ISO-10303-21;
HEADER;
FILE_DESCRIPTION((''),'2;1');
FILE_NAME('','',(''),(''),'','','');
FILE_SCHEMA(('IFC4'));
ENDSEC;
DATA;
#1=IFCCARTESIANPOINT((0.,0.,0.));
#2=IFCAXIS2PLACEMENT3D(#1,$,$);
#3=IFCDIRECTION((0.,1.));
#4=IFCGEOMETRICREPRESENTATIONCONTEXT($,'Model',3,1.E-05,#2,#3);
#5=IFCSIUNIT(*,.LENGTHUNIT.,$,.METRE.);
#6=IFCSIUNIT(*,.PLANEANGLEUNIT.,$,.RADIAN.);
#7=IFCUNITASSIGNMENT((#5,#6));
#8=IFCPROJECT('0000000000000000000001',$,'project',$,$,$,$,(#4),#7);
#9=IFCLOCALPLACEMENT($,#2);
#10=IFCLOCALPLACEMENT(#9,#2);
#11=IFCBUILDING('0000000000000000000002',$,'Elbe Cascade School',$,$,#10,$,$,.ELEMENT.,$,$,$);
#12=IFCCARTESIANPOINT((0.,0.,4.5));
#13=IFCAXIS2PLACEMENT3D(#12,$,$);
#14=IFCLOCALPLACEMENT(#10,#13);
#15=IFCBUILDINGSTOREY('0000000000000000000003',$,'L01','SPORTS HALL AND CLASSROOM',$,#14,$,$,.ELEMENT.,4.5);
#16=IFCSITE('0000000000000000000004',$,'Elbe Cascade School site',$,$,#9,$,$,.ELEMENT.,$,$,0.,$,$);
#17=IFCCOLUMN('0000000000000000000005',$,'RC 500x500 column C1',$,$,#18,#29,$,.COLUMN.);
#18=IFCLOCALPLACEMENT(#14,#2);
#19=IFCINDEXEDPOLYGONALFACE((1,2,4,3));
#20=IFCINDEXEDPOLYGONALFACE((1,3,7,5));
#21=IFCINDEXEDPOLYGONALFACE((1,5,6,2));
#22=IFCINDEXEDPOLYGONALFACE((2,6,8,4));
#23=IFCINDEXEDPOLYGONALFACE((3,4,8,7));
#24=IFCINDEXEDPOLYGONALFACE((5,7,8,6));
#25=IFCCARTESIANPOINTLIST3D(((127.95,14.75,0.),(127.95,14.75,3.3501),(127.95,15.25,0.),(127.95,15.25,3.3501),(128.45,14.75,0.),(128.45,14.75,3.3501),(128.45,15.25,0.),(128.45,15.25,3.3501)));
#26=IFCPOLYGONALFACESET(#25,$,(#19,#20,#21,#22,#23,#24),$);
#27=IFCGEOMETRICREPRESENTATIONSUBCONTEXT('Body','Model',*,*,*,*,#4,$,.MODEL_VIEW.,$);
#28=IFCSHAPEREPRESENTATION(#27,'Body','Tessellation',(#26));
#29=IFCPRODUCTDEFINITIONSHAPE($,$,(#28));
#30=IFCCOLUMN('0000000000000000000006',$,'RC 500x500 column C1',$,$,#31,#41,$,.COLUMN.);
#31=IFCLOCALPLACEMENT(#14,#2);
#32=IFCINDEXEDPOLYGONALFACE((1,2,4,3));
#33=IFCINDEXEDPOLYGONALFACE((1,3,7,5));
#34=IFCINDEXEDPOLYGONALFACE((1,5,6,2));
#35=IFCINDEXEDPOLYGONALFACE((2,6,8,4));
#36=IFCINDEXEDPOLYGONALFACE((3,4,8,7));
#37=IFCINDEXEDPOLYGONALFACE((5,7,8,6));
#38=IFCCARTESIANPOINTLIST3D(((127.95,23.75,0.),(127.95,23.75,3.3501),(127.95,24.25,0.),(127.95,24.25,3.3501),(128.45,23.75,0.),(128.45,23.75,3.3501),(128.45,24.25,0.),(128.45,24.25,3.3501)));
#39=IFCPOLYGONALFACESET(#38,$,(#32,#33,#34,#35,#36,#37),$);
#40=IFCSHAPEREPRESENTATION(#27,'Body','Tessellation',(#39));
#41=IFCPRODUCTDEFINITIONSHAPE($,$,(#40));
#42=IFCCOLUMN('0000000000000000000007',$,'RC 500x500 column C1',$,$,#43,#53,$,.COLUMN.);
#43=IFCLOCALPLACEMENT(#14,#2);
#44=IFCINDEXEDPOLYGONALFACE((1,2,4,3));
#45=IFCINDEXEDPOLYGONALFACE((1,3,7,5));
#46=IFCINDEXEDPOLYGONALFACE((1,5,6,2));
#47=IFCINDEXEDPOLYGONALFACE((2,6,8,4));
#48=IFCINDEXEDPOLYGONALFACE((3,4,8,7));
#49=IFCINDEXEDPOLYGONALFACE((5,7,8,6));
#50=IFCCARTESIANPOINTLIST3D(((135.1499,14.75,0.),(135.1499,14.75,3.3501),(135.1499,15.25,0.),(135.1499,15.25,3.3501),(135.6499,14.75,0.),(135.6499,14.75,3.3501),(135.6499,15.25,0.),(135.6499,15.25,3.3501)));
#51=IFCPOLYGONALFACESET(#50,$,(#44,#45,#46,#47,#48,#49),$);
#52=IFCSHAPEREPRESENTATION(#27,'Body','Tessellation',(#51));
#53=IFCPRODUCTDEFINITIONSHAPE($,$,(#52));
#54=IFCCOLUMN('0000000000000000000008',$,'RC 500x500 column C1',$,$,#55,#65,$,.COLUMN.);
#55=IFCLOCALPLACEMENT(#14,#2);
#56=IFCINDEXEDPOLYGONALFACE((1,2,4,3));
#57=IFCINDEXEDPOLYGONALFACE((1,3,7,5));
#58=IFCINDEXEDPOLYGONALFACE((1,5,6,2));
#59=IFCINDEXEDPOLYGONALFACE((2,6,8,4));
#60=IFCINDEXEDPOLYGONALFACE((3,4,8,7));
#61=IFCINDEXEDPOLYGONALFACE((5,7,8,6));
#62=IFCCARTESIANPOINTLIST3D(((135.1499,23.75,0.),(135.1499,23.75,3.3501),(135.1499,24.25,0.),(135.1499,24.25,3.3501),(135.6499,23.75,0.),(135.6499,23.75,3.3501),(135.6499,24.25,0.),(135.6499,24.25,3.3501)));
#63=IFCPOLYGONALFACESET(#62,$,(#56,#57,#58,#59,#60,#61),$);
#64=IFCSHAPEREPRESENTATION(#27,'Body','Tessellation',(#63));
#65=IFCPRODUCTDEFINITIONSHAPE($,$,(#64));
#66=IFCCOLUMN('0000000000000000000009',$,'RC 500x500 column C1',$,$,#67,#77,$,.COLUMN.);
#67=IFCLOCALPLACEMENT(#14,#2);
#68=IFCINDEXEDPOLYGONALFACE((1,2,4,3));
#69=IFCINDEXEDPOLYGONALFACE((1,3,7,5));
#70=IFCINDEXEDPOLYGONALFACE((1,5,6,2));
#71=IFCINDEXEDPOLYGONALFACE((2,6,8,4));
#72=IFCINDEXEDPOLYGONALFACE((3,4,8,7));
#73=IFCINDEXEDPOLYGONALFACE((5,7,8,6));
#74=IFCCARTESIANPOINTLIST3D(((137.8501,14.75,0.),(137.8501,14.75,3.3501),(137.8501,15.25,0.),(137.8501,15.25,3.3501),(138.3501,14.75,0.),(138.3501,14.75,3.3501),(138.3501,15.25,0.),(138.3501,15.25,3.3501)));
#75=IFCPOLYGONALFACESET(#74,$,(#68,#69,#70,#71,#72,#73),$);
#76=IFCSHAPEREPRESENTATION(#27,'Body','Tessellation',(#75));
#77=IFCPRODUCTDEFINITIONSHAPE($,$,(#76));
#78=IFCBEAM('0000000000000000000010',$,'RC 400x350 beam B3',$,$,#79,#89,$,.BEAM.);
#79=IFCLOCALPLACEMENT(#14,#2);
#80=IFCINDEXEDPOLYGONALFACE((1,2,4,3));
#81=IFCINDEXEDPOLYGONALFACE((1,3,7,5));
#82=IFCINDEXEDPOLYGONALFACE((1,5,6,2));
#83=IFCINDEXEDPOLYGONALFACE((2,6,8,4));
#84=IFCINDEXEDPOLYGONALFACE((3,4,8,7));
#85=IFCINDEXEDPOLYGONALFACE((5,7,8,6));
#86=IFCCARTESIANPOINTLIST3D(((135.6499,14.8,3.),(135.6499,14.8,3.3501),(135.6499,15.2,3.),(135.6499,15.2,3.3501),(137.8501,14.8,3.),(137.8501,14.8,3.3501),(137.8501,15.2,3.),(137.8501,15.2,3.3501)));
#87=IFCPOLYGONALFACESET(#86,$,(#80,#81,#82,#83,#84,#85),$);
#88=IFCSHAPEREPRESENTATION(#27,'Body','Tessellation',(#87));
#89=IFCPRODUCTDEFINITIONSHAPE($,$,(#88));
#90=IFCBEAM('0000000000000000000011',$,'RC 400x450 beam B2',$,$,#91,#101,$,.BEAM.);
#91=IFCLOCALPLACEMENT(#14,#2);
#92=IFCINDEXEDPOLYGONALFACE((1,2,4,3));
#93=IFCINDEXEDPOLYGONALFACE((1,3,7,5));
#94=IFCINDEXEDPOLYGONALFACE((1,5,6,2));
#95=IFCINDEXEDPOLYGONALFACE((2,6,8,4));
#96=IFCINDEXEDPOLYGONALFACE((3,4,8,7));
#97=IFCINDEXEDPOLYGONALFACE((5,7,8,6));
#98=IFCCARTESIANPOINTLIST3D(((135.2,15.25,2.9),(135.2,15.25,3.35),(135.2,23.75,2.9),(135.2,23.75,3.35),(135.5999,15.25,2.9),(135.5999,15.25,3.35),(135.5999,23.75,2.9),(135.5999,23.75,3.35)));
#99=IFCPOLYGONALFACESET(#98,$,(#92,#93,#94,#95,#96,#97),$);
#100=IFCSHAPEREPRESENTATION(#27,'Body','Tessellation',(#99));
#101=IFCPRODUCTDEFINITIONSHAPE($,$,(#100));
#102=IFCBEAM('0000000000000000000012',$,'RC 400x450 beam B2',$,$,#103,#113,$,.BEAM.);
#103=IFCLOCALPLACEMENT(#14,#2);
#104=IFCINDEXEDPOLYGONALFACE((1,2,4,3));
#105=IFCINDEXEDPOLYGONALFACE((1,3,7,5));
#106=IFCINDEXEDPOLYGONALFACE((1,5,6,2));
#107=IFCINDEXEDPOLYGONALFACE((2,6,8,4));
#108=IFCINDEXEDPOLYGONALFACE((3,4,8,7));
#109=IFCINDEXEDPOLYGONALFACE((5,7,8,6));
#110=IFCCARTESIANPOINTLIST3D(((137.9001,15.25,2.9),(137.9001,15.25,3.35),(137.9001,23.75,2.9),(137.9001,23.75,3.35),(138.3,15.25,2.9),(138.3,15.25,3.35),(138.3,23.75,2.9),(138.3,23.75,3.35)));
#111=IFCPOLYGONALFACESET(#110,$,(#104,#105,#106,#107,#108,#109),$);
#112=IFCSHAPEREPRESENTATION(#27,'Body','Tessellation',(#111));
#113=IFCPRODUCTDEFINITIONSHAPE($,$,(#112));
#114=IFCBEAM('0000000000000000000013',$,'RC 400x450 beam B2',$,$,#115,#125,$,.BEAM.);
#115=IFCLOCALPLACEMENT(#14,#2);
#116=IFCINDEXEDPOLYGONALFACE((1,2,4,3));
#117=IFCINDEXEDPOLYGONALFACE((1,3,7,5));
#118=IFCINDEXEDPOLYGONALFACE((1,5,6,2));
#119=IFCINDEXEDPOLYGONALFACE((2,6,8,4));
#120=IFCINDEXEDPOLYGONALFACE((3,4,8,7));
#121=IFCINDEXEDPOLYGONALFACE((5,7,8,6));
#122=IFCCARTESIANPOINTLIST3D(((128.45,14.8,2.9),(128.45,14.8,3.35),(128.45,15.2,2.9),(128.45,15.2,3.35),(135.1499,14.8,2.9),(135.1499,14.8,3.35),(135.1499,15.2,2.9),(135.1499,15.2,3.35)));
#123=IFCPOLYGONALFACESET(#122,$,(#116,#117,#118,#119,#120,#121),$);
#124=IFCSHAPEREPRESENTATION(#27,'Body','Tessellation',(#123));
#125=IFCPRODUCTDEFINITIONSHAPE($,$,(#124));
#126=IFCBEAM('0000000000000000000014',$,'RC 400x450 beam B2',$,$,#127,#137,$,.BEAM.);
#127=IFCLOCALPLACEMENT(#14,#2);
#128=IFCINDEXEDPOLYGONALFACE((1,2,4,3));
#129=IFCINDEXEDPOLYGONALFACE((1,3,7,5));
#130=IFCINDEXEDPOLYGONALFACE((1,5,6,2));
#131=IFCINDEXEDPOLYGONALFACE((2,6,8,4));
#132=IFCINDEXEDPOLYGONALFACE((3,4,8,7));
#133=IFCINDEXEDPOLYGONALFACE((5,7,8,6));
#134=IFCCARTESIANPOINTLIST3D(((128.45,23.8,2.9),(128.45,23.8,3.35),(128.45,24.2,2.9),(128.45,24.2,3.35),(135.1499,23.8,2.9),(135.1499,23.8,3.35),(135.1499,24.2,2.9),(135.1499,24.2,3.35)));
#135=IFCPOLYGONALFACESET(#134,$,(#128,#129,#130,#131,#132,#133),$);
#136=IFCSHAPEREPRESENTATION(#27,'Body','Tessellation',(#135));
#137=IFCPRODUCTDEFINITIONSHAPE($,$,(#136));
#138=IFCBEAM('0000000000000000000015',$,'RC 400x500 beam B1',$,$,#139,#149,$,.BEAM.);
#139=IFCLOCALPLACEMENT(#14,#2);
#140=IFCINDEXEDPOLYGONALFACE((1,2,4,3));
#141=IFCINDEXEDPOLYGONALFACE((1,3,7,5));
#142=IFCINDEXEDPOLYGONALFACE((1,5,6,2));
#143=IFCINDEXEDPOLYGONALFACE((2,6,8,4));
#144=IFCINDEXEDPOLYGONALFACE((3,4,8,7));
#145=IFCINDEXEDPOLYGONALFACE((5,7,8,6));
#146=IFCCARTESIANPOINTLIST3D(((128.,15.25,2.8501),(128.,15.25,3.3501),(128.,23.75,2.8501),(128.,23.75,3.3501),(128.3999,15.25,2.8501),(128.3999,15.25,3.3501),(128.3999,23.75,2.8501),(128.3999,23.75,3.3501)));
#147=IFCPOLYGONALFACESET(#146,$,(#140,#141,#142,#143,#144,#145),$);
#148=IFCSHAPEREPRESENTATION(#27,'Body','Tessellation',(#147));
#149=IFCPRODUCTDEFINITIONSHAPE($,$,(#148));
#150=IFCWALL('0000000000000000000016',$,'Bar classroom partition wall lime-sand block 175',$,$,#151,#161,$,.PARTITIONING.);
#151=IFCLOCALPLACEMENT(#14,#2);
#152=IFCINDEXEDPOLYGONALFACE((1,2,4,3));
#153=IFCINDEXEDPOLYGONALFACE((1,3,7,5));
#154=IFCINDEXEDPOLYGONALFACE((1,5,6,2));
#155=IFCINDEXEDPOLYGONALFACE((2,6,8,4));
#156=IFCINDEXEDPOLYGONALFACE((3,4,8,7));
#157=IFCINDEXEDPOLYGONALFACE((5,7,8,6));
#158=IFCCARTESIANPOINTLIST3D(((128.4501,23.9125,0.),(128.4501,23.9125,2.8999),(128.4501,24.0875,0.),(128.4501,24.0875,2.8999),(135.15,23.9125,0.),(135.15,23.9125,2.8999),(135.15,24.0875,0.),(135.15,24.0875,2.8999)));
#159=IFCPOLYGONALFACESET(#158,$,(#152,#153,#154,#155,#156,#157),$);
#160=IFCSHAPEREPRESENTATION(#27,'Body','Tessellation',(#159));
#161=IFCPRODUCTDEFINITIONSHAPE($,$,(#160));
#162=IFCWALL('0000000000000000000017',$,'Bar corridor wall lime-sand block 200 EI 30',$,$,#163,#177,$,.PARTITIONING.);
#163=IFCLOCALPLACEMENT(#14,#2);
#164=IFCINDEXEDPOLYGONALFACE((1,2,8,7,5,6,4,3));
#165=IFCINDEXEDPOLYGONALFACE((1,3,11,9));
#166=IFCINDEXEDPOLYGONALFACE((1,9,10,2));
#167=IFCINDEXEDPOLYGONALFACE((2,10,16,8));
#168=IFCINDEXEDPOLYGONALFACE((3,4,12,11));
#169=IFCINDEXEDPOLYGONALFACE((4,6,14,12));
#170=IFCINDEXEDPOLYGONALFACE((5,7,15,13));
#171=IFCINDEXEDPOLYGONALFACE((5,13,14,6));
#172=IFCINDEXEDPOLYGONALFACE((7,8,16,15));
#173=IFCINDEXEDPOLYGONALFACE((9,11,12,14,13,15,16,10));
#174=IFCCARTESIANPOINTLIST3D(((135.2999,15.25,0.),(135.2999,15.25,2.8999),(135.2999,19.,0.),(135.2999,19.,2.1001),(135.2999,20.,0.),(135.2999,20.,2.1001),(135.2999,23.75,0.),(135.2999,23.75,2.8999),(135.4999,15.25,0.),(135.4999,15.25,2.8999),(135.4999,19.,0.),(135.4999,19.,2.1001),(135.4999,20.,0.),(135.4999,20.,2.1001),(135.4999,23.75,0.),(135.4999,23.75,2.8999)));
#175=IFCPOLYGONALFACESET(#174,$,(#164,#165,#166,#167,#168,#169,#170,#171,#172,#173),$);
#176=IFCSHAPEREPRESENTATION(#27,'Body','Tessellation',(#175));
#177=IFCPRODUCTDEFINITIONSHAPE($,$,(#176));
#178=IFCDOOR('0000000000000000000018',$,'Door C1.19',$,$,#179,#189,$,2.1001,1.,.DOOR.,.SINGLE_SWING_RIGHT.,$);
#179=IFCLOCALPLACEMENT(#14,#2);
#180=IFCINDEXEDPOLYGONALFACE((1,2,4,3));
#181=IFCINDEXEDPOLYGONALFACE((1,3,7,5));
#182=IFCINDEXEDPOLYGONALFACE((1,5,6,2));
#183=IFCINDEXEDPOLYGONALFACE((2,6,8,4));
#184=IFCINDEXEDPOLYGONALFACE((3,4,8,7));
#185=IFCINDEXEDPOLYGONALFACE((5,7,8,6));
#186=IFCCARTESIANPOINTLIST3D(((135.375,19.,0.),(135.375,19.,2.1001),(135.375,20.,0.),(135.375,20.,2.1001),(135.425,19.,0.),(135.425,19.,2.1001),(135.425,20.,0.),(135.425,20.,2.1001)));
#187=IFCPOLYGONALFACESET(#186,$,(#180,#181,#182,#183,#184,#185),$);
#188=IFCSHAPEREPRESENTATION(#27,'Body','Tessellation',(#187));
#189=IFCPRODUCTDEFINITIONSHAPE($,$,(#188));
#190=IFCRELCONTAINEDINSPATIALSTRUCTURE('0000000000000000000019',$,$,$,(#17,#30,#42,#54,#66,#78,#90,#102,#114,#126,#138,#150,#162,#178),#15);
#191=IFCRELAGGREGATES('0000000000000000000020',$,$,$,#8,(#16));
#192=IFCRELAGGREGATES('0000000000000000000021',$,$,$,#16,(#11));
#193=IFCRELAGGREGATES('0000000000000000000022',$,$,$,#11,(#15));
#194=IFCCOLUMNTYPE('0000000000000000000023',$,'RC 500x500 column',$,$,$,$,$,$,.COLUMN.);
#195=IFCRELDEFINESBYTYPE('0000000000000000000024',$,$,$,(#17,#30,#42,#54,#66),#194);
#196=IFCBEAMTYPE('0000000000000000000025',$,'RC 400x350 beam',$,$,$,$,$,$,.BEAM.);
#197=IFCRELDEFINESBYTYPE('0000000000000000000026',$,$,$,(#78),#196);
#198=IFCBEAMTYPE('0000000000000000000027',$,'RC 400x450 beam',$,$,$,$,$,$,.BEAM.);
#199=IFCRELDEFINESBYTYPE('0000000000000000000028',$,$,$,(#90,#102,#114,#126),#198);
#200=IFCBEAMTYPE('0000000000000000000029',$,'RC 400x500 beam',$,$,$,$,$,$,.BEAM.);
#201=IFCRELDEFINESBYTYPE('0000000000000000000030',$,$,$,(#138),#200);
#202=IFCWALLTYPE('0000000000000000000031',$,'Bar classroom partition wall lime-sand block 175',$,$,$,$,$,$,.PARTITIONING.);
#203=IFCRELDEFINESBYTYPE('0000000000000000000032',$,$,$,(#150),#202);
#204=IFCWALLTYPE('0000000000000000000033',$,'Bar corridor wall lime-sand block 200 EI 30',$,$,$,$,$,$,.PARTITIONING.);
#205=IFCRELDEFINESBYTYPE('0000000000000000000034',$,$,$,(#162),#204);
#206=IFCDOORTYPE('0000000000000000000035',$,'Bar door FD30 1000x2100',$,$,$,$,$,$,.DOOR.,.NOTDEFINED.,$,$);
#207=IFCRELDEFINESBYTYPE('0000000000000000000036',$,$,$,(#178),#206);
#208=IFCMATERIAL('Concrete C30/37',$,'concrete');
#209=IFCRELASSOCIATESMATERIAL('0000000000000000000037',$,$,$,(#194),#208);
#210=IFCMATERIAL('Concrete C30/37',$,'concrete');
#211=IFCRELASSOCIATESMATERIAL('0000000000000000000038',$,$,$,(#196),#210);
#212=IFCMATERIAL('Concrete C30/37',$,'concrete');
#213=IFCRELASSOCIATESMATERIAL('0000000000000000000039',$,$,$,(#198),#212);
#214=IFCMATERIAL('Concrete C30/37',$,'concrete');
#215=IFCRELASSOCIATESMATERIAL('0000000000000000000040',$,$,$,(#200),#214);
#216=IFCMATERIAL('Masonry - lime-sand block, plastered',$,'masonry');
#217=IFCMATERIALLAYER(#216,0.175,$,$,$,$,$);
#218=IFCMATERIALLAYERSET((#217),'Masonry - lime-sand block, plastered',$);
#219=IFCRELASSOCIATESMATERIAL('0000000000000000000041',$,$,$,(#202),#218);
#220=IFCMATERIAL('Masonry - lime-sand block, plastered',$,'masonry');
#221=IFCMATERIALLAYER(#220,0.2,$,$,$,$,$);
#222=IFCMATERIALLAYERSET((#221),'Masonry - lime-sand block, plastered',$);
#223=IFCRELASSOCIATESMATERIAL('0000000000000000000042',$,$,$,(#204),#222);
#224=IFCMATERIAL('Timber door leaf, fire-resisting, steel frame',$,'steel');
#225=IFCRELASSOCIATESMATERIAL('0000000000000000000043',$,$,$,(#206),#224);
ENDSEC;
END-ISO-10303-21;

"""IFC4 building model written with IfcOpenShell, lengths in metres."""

from ifc_helpers import new_model, si_unit, direction, frame, frame_2d, origin, origin_2d, place, context, subcontext, project, spatial, rectangle, extrude, material, layer, layer_set, material_profile, profile_set, type_object, element, fill, save


model = new_model("IFC4")

# Units and contexts
model_context = context("Model", 3, precision=1e-05, world=origin(), true_north=direction((0.0, 1.0)))
body_context = subcontext(model_context, "Body", "Model", "MODEL_VIEW")
ifc_project = project(units=[si_unit("LENGTHUNIT", "METRE"), si_unit("PLANEANGLEUNIT", "RADIAN")], contexts=[model_context])

# Site, building, storey
site_placement = place(None, origin())
site = spatial("IfcSite", under=ifc_project, at=site_placement, Name="Elbe Cascade School site", CompositionType="ELEMENT", RefElevation=0.0)
building_placement = place(site_placement, origin())
building = spatial("IfcBuilding", under=site, at=building_placement, Name="Elbe Cascade School", CompositionType="ELEMENT")
storey_placement = place(building_placement, frame((0.0, 0.0, 4.5)))
storey = spatial("IfcBuildingStorey", under=building, at=storey_placement, Name="L01", Description="SPORTS HALL AND CLASSROOM", CompositionType="ELEMENT", Elevation=4.5)

# Columns
ifc_material_1 = material(Name="Concrete C30/37", Category="concrete")
ifc_material_profile_1 = material_profile(ifc_material_1, rectangle(XDim=0.5, YDim=0.5, at=origin_2d()), Name="RC 500x500")
ifc_profile_set_1 = profile_set([ifc_material_profile_1], Name="Concrete C30/37")
column_type = type_object("IfcColumnType", Name="RC 500x500 column", PredefinedType="COLUMN", material=ifc_profile_set_1)
for number, where, z_axis, x_axis, name in (
    (1, (128.2, 15.0, 0.0), (0.0, 0.0, 1.0), (1.0, 0.0, 0.0), "RC 500x500 column C1"),
    (2, (128.2, 24.0, 0.0), (0.0, 0.0, 1.0), (1.0, 0.0, 0.0), "RC 500x500 column C1"),
    (3, (135.3999, 15.0, 0.0), (0.0, 0.0, 1.0), (1.0, 0.0, 0.0), "RC 500x500 column C1"),
    (4, (135.3999, 24.0, 0.0), (0.0, 0.0, 1.0), (1.0, 0.0, 0.0), "RC 500x500 column C1"),
    (5, (138.1001, 15.0, 0.0), (0.0, 0.0, 1.0), (1.0, 0.0, 0.0), "RC 500x500 column C1"),
):
    element("IfcColumn", number, at=place(storey_placement, frame(where, z_axis=z_axis, x_axis=x_axis)), inside=storey, type_object=column_type, Name=name, PredefinedType="COLUMN", context=body_context, shape_type="SweptSolid", body=[
        extrude(rectangle(XDim=0.5, YDim=0.5, at=origin_2d()), origin(), (0.0, 0.0, 1.0), 3.3501),
    ])

# Beams
ifc_material_2 = material(Name="Concrete C30/37", Category="concrete")
ifc_material_profile_2 = material_profile(ifc_material_2, rectangle(XDim=0.3999, YDim=0.3501, at=origin_2d()), Name="RC 400x350")
ifc_profile_set_2 = profile_set([ifc_material_profile_2], Name="Concrete C30/37")
beam_type_1 = type_object("IfcBeamType", Name="RC 400x350 beam", PredefinedType="BEAM", material=ifc_profile_set_2)
beam_1_placement = place(storey_placement, frame((135.6499, 15.0, 3.175), z_axis=(1.0, 0.0, 0.0), x_axis=(0.0, 1.0, 0.0)))
element("IfcBeam", 6, at=beam_1_placement, inside=storey, type_object=beam_type_1, Name="RC 400x350 beam B3", PredefinedType="BEAM", context=body_context, shape_type="SweptSolid", body=[
    extrude(rectangle(XDim=0.3999, YDim=0.3501, at=origin_2d()), origin(), (0.0, 0.0, 1.0), 2.2002),
])
ifc_material_3 = material(Name="Concrete C30/37", Category="concrete")
ifc_material_profile_3 = material_profile(ifc_material_3, rectangle(XDim=0.3999, YDim=0.45, at=origin_2d()), Name="RC 400x450")
ifc_profile_set_3 = profile_set([ifc_material_profile_3], Name="Concrete C30/37")
beam_type_2 = type_object("IfcBeamType", Name="RC 400x450 beam", PredefinedType="BEAM", material=ifc_profile_set_3)
for number, where, z_axis, x_axis, name in (
    (7, (135.3999, 15.25, 3.125), (0.0, 1.0, 0.0), (-1.0, 0.0, 0.0), "RC 400x450 beam B2"),
    (8, (138.1001, 15.25, 3.125), (0.0, 1.0, 0.0), (-1.0, 0.0, 0.0), "RC 400x450 beam B2"),
):
    element("IfcBeam", number, at=place(storey_placement, frame(where, z_axis=z_axis, x_axis=x_axis)), inside=storey, type_object=beam_type_2, Name=name, PredefinedType="BEAM", context=body_context, shape_type="SweptSolid", body=[
        extrude(rectangle(XDim=0.3999, YDim=0.45, at=origin_2d()), origin(), (0.0, 0.0, 1.0), 8.5),
    ])
for number, where, z_axis, x_axis, name in (
    (9, (128.45, 15.0, 3.125), (1.0, 0.0, 0.0), (0.0, 1.0, 0.0), "RC 400x450 beam B2"),
    (10, (128.45, 24.0, 3.125), (1.0, 0.0, 0.0), (0.0, 1.0, 0.0), "RC 400x450 beam B2"),
):
    element("IfcBeam", number, at=place(storey_placement, frame(where, z_axis=z_axis, x_axis=x_axis)), inside=storey, type_object=beam_type_2, Name=name, PredefinedType="BEAM", context=body_context, shape_type="SweptSolid", body=[
        extrude(rectangle(XDim=0.3999, YDim=0.45, at=origin_2d()), origin(), (0.0, 0.0, 1.0), 6.7),
    ])
ifc_material_4 = material(Name="Concrete C30/37", Category="concrete")
ifc_material_profile_4 = material_profile(ifc_material_4, rectangle(XDim=0.3999, YDim=0.5, at=origin_2d()), Name="RC 400x500")
ifc_profile_set_4 = profile_set([ifc_material_profile_4], Name="Concrete C30/37")
beam_type_3 = type_object("IfcBeamType", Name="RC 400x500 beam", PredefinedType="BEAM", material=ifc_profile_set_4)
beam_2_placement = place(storey_placement, frame((128.2, 15.25, 3.1001), z_axis=(0.0, 1.0, 0.0), x_axis=(-1.0, 0.0, 0.0)))
element("IfcBeam", 11, at=beam_2_placement, inside=storey, type_object=beam_type_3, Name="RC 400x500 beam B1", PredefinedType="BEAM", context=body_context, shape_type="SweptSolid", body=[
    extrude(rectangle(XDim=0.3999, YDim=0.5, at=origin_2d()), origin(), (0.0, 0.0, 1.0), 8.5),
])

# Wall
ifc_material_5 = material(Name="Masonry - lime-sand block, plastered", Category="masonry")
ifc_layer_1 = layer(ifc_material_5, 0.175)
ifc_layer_set_1 = layer_set([ifc_layer_1], Name="Masonry - lime-sand block, plastered")
wall_type_1 = type_object("IfcWallType", Name="Bar classroom partition wall lime-sand block 175", PredefinedType="PARTITIONING", material=ifc_layer_set_1)
wall_1_placement = place(storey_placement, frame((128.45, 24.0, 0.0), z_axis=(0.0, 0.0, 1.0), x_axis=(1.0, 0.0, 0.0)))
element("IfcWall", 12, at=wall_1_placement, inside=storey, type_object=wall_type_1, Name="Bar classroom partition wall lime-sand block 175", PredefinedType="PARTITIONING", context=body_context, shape_type="SweptSolid", body=[
    extrude(rectangle(XDim=6.7, YDim=0.175, at=frame_2d((3.3501, 0.0))), origin(), (0.0, 0.0, 1.0), 2.8999),
])

# Wall, opening, door
ifc_material_6 = material(Name="Masonry - lime-sand block, plastered", Category="masonry")
ifc_layer_2 = layer(ifc_material_6, 0.2)
ifc_layer_set_2 = layer_set([ifc_layer_2], Name="Masonry - lime-sand block, plastered")
wall_type_2 = type_object("IfcWallType", Name="Bar corridor wall lime-sand block 200 EI 30", PredefinedType="PARTITIONING", material=ifc_layer_set_2)
wall_2_placement = place(storey_placement, frame((135.3999, 15.25, 0.0), z_axis=(0.0, 0.0, 1.0), x_axis=(0.0, 1.0, 0.0)))
wall_2 = element("IfcWall", 13, at=wall_2_placement, inside=storey, type_object=wall_type_2, Name="Bar corridor wall lime-sand block 200 EI 30", PredefinedType="PARTITIONING", context=body_context, shape_type="SweptSolid", body=[
    extrude(rectangle(XDim=8.5, YDim=0.2, at=frame_2d((4.25, 0.0))), origin(), (0.0, 0.0, 1.0), 2.8999),
])
opening_1_placement = place(wall_2_placement, frame((3.75, 0.0, 0.0)))
opening_1 = element("IfcOpeningElement", 14, at=opening_1_placement, cuts=wall_2, PredefinedType="OPENING", context=body_context, shape_type="SweptSolid", body=[
    extrude(rectangle(XDim=1.0, YDim=2.1001, at=frame_2d((0.5, 1.05))), frame((0.0, 0.1099, 0.0), z_axis=(0.0, -1.0, 0.0), x_axis=(1.0, 0.0, 0.0)), (0.0, 0.0, 1.0), 0.22),
])
ifc_material_7 = material(Name="Timber door leaf, fire-resisting, steel frame", Category="steel")
door_type = type_object("IfcDoorType", Name="Bar door FD30 1000x2100", OperationType="NOTDEFINED", PredefinedType="DOOR", material=ifc_material_7)
door_1_placement = place(opening_1_placement, origin())
door_1 = element("IfcDoor", 15, at=door_1_placement, inside=storey, type_object=door_type, Name="Door C1.19", OperationType="SINGLE_SWING_RIGHT", OverallHeight=2.1001, OverallWidth=1.0, PredefinedType="DOOR", context=body_context, shape_type="SweptSolid", body=[
    extrude(rectangle(XDim=1.0, YDim=2.1001, at=frame_2d((0.5, 1.05))), frame((0.0, 0.0249, 0.0), z_axis=(0.0, -1.0, 0.0), x_axis=(1.0, 0.0, 0.0)), (0.0, 0.0, 1.0), 0.05),
])
fill(opening_1, door_1)

save(model, "model.ifc")
